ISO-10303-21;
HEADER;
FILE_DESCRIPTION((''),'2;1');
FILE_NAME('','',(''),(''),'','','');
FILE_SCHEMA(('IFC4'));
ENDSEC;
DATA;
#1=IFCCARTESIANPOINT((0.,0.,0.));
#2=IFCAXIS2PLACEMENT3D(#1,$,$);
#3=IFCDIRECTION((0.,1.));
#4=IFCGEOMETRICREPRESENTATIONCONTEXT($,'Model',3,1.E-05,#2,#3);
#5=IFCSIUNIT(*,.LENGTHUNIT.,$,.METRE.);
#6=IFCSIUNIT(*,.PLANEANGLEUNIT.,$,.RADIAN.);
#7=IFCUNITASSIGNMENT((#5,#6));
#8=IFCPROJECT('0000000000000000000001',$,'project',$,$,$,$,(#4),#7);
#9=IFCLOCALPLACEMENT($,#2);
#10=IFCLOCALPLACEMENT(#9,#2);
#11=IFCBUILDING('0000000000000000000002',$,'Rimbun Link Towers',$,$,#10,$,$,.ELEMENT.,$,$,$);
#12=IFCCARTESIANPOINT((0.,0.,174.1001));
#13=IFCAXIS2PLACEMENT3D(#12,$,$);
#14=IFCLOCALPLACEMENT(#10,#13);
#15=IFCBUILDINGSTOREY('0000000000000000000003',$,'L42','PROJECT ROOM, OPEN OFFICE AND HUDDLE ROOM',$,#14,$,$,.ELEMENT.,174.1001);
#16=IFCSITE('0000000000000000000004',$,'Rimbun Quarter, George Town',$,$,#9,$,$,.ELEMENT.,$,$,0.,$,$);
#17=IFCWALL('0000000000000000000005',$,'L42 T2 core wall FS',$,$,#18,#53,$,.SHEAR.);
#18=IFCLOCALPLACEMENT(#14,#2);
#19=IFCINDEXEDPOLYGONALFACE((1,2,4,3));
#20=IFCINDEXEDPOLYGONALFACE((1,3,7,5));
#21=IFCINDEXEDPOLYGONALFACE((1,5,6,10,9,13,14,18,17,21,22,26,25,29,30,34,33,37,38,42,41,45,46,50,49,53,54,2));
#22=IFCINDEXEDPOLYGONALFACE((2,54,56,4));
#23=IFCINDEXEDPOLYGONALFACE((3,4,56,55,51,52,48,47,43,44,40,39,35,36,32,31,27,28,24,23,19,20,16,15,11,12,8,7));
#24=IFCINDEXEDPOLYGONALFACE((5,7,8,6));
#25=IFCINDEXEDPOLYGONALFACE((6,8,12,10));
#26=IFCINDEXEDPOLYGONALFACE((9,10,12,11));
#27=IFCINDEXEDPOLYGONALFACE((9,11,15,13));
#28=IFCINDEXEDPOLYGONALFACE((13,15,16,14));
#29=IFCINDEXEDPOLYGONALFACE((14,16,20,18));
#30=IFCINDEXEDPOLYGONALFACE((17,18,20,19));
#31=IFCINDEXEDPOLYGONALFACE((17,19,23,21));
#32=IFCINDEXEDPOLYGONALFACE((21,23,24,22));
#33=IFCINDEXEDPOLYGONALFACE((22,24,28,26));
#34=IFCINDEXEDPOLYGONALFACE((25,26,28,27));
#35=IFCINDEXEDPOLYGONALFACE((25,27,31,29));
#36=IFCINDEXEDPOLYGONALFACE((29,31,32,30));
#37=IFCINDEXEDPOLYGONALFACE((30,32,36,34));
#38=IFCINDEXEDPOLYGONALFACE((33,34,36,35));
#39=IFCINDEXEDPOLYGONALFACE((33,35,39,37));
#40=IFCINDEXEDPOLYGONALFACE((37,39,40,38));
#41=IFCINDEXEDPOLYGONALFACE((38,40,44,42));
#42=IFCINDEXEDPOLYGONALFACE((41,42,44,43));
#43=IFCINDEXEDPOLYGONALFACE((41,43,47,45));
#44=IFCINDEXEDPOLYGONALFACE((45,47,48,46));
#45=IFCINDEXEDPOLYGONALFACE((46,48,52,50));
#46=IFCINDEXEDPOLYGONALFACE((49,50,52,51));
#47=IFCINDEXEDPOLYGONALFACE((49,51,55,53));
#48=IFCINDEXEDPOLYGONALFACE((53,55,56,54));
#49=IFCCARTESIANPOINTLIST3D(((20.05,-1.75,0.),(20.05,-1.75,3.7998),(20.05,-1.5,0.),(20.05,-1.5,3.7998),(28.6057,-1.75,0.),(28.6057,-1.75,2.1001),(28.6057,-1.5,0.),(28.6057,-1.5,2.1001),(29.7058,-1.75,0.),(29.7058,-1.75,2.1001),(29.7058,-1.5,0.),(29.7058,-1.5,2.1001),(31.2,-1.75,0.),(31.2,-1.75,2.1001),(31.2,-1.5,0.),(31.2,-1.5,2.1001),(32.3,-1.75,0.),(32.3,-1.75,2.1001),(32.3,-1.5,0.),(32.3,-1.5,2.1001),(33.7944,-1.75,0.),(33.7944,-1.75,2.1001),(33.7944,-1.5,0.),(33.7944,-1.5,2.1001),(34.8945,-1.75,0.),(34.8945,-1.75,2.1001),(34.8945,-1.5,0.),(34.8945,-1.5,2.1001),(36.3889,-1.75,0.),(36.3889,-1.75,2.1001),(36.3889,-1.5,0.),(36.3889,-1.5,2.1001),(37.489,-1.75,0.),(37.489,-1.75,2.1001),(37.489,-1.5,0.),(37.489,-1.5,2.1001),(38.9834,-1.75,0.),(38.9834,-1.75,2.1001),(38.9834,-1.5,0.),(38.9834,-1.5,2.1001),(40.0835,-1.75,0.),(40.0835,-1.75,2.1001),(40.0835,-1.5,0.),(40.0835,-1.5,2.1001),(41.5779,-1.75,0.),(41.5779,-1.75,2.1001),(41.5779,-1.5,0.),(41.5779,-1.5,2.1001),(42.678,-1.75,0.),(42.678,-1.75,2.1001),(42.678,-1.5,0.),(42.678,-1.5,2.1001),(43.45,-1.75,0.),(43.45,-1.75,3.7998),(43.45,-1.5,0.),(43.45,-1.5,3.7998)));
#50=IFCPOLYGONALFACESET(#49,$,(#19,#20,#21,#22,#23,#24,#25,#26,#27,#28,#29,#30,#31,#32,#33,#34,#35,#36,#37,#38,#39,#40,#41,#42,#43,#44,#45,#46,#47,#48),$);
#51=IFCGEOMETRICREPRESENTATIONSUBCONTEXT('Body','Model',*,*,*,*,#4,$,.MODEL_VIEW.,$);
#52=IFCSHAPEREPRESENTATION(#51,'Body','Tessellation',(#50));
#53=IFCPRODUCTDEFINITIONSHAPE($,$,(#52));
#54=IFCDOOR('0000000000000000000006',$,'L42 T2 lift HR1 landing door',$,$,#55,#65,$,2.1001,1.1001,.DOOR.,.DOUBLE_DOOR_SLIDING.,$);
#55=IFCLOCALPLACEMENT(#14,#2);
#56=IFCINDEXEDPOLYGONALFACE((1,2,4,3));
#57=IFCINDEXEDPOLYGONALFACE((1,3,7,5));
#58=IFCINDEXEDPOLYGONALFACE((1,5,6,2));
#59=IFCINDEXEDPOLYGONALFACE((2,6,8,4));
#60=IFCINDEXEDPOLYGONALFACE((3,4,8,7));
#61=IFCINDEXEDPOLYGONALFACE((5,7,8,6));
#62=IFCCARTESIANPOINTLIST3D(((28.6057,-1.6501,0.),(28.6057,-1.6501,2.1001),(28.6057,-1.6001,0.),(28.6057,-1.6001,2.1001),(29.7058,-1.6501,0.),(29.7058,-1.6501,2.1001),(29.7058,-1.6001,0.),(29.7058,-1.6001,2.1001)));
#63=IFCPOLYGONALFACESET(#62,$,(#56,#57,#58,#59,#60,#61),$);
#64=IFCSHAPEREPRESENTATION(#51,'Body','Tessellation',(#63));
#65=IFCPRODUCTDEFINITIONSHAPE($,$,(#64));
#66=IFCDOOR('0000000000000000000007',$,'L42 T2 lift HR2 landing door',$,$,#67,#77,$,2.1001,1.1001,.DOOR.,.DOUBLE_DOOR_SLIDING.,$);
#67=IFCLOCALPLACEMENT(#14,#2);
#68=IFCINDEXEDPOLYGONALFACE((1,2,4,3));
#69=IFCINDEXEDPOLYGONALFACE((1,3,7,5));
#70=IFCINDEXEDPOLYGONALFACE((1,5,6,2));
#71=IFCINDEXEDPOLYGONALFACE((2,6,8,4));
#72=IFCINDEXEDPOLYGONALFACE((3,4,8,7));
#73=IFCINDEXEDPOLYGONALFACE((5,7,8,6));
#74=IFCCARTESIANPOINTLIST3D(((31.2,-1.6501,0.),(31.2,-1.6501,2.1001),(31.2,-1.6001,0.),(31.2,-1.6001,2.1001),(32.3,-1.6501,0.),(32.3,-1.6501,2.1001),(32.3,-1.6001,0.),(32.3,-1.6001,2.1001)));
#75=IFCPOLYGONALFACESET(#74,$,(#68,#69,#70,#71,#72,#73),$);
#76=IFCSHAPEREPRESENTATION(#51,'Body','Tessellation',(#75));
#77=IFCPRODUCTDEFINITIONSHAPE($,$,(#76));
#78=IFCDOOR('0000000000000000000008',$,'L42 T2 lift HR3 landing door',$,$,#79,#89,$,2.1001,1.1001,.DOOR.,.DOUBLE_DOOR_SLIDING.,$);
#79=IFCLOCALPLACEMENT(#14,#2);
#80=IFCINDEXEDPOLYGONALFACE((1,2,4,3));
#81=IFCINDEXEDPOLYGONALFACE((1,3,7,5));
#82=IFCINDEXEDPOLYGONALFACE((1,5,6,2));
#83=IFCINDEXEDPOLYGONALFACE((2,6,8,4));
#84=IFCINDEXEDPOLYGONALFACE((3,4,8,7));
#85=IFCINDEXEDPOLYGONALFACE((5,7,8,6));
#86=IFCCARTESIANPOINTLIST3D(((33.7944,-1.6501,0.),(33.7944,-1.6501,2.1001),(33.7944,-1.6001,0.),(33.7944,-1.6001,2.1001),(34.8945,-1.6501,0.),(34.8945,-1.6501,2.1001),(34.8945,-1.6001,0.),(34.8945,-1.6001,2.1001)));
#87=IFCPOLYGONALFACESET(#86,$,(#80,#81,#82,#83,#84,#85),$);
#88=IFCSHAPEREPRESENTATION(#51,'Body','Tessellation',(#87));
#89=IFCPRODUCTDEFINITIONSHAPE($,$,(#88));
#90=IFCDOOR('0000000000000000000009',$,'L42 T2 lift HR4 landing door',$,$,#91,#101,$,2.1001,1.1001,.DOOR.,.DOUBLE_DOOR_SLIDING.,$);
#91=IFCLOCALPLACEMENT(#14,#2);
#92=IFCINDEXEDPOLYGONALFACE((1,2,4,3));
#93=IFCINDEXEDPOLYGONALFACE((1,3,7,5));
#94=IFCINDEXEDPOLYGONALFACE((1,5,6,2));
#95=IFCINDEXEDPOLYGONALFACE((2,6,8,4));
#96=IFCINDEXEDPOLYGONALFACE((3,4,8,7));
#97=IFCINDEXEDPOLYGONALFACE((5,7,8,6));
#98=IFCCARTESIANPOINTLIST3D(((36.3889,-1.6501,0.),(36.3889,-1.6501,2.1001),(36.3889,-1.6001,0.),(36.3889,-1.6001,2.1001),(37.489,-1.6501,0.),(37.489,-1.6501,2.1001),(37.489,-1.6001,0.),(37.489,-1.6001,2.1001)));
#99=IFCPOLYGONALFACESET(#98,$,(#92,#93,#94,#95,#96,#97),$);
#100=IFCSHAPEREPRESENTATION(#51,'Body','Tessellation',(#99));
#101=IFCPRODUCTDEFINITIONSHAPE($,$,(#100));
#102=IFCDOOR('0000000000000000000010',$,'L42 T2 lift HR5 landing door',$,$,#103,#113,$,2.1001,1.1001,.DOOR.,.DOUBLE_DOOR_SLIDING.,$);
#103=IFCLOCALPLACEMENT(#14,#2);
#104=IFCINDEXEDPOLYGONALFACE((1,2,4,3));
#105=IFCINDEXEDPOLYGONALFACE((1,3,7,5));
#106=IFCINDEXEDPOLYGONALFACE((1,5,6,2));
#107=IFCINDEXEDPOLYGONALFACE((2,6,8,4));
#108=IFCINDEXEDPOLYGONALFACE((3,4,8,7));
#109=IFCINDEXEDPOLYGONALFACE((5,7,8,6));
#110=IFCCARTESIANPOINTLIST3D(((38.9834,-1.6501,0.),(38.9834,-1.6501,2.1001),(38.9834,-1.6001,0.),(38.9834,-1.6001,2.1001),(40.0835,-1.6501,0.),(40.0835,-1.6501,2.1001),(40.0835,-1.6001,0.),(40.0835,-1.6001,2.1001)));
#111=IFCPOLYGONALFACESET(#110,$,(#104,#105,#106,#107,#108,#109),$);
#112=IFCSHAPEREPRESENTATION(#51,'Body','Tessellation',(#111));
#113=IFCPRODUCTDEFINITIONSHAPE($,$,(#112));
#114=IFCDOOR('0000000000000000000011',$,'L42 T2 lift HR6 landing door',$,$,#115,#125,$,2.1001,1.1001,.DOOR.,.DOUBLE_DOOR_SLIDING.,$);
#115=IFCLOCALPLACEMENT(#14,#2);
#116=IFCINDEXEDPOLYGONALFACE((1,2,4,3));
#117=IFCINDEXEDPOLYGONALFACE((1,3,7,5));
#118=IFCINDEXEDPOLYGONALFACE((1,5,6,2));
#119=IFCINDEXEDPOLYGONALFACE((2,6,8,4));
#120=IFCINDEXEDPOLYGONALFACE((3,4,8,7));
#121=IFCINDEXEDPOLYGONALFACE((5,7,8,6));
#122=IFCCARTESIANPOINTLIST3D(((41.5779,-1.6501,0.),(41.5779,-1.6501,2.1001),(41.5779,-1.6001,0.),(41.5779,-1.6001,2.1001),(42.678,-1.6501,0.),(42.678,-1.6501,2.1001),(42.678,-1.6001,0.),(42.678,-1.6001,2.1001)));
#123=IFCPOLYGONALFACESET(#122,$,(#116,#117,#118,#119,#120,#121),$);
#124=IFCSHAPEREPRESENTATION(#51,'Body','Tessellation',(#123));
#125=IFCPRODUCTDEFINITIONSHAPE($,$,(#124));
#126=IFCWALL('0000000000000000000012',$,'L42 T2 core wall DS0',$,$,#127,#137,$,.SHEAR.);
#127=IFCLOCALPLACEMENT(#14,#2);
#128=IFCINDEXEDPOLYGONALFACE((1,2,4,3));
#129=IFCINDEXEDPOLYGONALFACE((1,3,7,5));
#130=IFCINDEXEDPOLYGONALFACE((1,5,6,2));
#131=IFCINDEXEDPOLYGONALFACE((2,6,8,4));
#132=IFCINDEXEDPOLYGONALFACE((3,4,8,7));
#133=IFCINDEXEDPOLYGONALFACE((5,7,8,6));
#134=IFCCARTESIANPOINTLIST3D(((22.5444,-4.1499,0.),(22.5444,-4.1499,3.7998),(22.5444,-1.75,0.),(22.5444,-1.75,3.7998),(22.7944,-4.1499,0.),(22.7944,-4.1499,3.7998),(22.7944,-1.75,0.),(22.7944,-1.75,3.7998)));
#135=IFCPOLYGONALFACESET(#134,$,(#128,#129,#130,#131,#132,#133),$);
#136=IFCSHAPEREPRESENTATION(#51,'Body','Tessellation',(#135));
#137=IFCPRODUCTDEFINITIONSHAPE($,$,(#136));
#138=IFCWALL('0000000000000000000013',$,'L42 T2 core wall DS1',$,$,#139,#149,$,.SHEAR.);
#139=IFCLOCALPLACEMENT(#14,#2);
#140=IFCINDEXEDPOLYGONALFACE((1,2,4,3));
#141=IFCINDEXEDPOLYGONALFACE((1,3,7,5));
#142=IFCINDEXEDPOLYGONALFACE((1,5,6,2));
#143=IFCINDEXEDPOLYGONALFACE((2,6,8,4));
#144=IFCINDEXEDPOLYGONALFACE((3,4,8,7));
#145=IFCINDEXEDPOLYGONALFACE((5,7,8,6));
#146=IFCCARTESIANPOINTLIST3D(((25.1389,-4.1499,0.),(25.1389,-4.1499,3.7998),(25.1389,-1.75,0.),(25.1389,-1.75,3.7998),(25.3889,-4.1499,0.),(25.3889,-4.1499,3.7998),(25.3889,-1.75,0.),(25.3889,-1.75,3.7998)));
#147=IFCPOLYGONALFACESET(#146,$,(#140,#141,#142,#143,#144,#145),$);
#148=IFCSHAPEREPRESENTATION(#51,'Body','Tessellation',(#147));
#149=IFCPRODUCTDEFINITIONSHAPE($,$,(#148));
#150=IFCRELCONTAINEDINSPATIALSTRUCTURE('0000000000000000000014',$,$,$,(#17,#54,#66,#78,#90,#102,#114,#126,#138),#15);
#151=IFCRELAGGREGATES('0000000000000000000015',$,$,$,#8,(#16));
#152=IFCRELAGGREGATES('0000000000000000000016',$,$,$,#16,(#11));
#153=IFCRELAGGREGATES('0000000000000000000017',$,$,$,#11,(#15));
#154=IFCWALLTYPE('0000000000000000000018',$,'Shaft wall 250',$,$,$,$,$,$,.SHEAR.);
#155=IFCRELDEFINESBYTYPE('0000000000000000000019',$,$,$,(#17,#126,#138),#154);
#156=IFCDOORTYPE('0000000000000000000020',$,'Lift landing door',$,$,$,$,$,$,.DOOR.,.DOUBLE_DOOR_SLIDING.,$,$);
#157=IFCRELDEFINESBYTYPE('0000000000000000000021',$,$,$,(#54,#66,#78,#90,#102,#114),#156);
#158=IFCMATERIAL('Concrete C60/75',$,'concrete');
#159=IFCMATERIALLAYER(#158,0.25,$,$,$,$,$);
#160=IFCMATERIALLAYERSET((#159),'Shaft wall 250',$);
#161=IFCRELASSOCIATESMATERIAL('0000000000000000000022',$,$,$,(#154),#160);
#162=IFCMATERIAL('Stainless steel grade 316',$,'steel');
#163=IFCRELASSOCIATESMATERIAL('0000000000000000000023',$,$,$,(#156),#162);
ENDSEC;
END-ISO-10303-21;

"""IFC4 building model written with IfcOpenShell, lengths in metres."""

from ifc_helpers import new_model, si_unit, direction, frame, frame_2d, origin, place, context, subcontext, project, spatial, rectangle, extrude, material, layer, layer_set, type_object, element, fill, save


model = new_model("IFC4")

# Units and contexts
model_context = context("Model", 3, precision=1e-05, world=origin(), true_north=direction((0.0, 1.0)))
body_context = subcontext(model_context, "Body", "Model", "MODEL_VIEW")
ifc_project = project(units=[si_unit("LENGTHUNIT", "METRE"), si_unit("PLANEANGLEUNIT", "RADIAN")], contexts=[model_context])

# Site, building, storey
site_placement = place(None, origin())
site = spatial("IfcSite", under=ifc_project, at=site_placement, Name="Rimbun Quarter, George Town", CompositionType="ELEMENT", RefElevation=0.0)
building_placement = place(site_placement, origin())
building = spatial("IfcBuilding", under=site, at=building_placement, Name="Rimbun Link Towers", CompositionType="ELEMENT")
storey_placement = place(building_placement, frame((0.0, 0.0, 174.1001)))
storey = spatial("IfcBuildingStorey", under=building, at=storey_placement, Name="L42", Description="PROJECT ROOM, OPEN OFFICE AND HUDDLE ROOM", CompositionType="ELEMENT", Elevation=174.1001)

# Shared definitions
ifc_material_1 = material(Name="Concrete C60/75", Category="concrete")
ifc_layer_1 = layer(ifc_material_1, 0.25)
ifc_layer_set_1 = layer_set([ifc_layer_1], Name="Shaft wall 250")
wall_type_1 = type_object("IfcWallType", Name="Shaft wall 250", PredefinedType="SHEAR", material=ifc_layer_set_1)

# Wall, openings, doors
wall_1_placement = place(storey_placement, frame((20.05, -1.625, 0.0), z_axis=(0.0, 0.0, 1.0), x_axis=(1.0, 0.0, 0.0)))
wall_1 = element("IfcWall", 1, at=wall_1_placement, inside=storey, type_object=wall_type_1, Name="L42 T2 core wall FS", PredefinedType="SHEAR", context=body_context, shape_type="SweptSolid", body=[
    extrude(rectangle(XDim=23.3999, YDim=0.25, at=frame_2d((11.7, 0.0))), origin(), (0.0, 0.0, 1.0), 3.7998),
])
opening_1_placement = place(wall_1_placement, frame((8.5557, 0.0, 0.0)))
opening_1 = element("IfcOpeningElement", 2, at=opening_1_placement, cuts=wall_1, PredefinedType="OPENING", context=body_context, shape_type="SweptSolid", body=[
    extrude(rectangle(XDim=1.1001, YDim=2.1001, at=frame_2d((0.55, 1.05))), frame((0.0, 0.135, 0.0), z_axis=(0.0, -1.0, 0.0), x_axis=(1.0, 0.0, 0.0)), (0.0, 0.0, 1.0), 0.27),
])
opening_2_placement = place(wall_1_placement, frame((11.1499, 0.0, 0.0)))
opening_2 = element("IfcOpeningElement", 3, at=opening_2_placement, cuts=wall_1, PredefinedType="OPENING", context=body_context, shape_type="SweptSolid", body=[
    extrude(rectangle(XDim=1.1001, YDim=2.1001, at=frame_2d((0.55, 1.05))), frame((0.0, 0.135, 0.0), z_axis=(0.0, -1.0, 0.0), x_axis=(1.0, 0.0, 0.0)), (0.0, 0.0, 1.0), 0.27),
])
opening_3_placement = place(wall_1_placement, frame((13.7444, 0.0, 0.0)))
opening_3 = element("IfcOpeningElement", 4, at=opening_3_placement, cuts=wall_1, PredefinedType="OPENING", context=body_context, shape_type="SweptSolid", body=[
    extrude(rectangle(XDim=1.1001, YDim=2.1001, at=frame_2d((0.55, 1.05))), frame((0.0, 0.135, 0.0), z_axis=(0.0, -1.0, 0.0), x_axis=(1.0, 0.0, 0.0)), (0.0, 0.0, 1.0), 0.27),
])
opening_4_placement = place(wall_1_placement, frame((16.3389, 0.0, 0.0)))
opening_4 = element("IfcOpeningElement", 5, at=opening_4_placement, cuts=wall_1, PredefinedType="OPENING", context=body_context, shape_type="SweptSolid", body=[
    extrude(rectangle(XDim=1.1001, YDim=2.1001, at=frame_2d((0.55, 1.05))), frame((0.0, 0.135, 0.0), z_axis=(0.0, -1.0, 0.0), x_axis=(1.0, 0.0, 0.0)), (0.0, 0.0, 1.0), 0.27),
])
opening_5_placement = place(wall_1_placement, frame((18.9333, 0.0, 0.0)))
opening_5 = element("IfcOpeningElement", 6, at=opening_5_placement, cuts=wall_1, PredefinedType="OPENING", context=body_context, shape_type="SweptSolid", body=[
    extrude(rectangle(XDim=1.1001, YDim=2.1001, at=frame_2d((0.55, 1.05))), frame((0.0, 0.135, 0.0), z_axis=(0.0, -1.0, 0.0), x_axis=(1.0, 0.0, 0.0)), (0.0, 0.0, 1.0), 0.27),
])
opening_6_placement = place(wall_1_placement, frame((21.5278, 0.0, 0.0)))
opening_6 = element("IfcOpeningElement", 7, at=opening_6_placement, cuts=wall_1, PredefinedType="OPENING", context=body_context, shape_type="SweptSolid", body=[
    extrude(rectangle(XDim=1.1001, YDim=2.1001, at=frame_2d((0.55, 1.05))), frame((0.0, 0.135, 0.0), z_axis=(0.0, -1.0, 0.0), x_axis=(1.0, 0.0, 0.0)), (0.0, 0.0, 1.0), 0.27),
])
ifc_material_2 = material(Name="Stainless steel grade 316", Category="steel")
door_type_1 = type_object("IfcDoorType", Name="Lift landing door", OperationType="DOUBLE_DOOR_SLIDING", PredefinedType="DOOR", material=ifc_material_2)
door_1_placement = place(opening_1_placement, origin())
door_1 = element("IfcDoor", 8, at=door_1_placement, inside=storey, type_object=door_type_1, Name="L42 T2 lift HR1 landing door", OperationType="DOUBLE_DOOR_SLIDING", OverallHeight=2.1001, OverallWidth=1.1001, PredefinedType="DOOR", context=body_context, shape_type="SweptSolid", body=[
    extrude(rectangle(XDim=1.1001, YDim=2.1001, at=frame_2d((0.55, 1.05))), frame((0.0, 0.0249, 0.0), z_axis=(0.0, -1.0, 0.0), x_axis=(1.0, 0.0, 0.0)), (0.0, 0.0, 1.0), 0.05),
])
fill(opening_1, door_1)
door_2_placement = place(opening_2_placement, origin())
door_2 = element("IfcDoor", 9, at=door_2_placement, inside=storey, type_object=door_type_1, Name="L42 T2 lift HR2 landing door", OperationType="DOUBLE_DOOR_SLIDING", OverallHeight=2.1001, OverallWidth=1.1001, PredefinedType="DOOR", context=body_context, shape_type="SweptSolid", body=[
    extrude(rectangle(XDim=1.1001, YDim=2.1001, at=frame_2d((0.55, 1.05))), frame((0.0, 0.0249, 0.0), z_axis=(0.0, -1.0, 0.0), x_axis=(1.0, 0.0, 0.0)), (0.0, 0.0, 1.0), 0.05),
])
fill(opening_2, door_2)
door_3_placement = place(opening_3_placement, origin())
door_3 = element("IfcDoor", 10, at=door_3_placement, inside=storey, type_object=door_type_1, Name="L42 T2 lift HR3 landing door", OperationType="DOUBLE_DOOR_SLIDING", OverallHeight=2.1001, OverallWidth=1.1001, PredefinedType="DOOR", context=body_context, shape_type="SweptSolid", body=[
    extrude(rectangle(XDim=1.1001, YDim=2.1001, at=frame_2d((0.55, 1.05))), frame((0.0, 0.0249, 0.0), z_axis=(0.0, -1.0, 0.0), x_axis=(1.0, 0.0, 0.0)), (0.0, 0.0, 1.0), 0.05),
])
fill(opening_3, door_3)
door_4_placement = place(opening_4_placement, origin())
door_4 = element("IfcDoor", 11, at=door_4_placement, inside=storey, type_object=door_type_1, Name="L42 T2 lift HR4 landing door", OperationType="DOUBLE_DOOR_SLIDING", OverallHeight=2.1001, OverallWidth=1.1001, PredefinedType="DOOR", context=body_context, shape_type="SweptSolid", body=[
    extrude(rectangle(XDim=1.1001, YDim=2.1001, at=frame_2d((0.55, 1.05))), frame((0.0, 0.0249, 0.0), z_axis=(0.0, -1.0, 0.0), x_axis=(1.0, 0.0, 0.0)), (0.0, 0.0, 1.0), 0.05),
])
fill(opening_4, door_4)
door_5_placement = place(opening_5_placement, origin())
door_5 = element("IfcDoor", 12, at=door_5_placement, inside=storey, type_object=door_type_1, Name="L42 T2 lift HR5 landing door", OperationType="DOUBLE_DOOR_SLIDING", OverallHeight=2.1001, OverallWidth=1.1001, PredefinedType="DOOR", context=body_context, shape_type="SweptSolid", body=[
    extrude(rectangle(XDim=1.1001, YDim=2.1001, at=frame_2d((0.55, 1.05))), frame((0.0, 0.0249, 0.0), z_axis=(0.0, -1.0, 0.0), x_axis=(1.0, 0.0, 0.0)), (0.0, 0.0, 1.0), 0.05),
])
fill(opening_5, door_5)
door_6_placement = place(opening_6_placement, origin())
door_6 = element("IfcDoor", 13, at=door_6_placement, inside=storey, type_object=door_type_1, Name="L42 T2 lift HR6 landing door", OperationType="DOUBLE_DOOR_SLIDING", OverallHeight=2.1001, OverallWidth=1.1001, PredefinedType="DOOR", context=body_context, shape_type="SweptSolid", body=[
    extrude(rectangle(XDim=1.1001, YDim=2.1001, at=frame_2d((0.55, 1.05))), frame((0.0, 0.0249, 0.0), z_axis=(0.0, -1.0, 0.0), x_axis=(1.0, 0.0, 0.0)), (0.0, 0.0, 1.0), 0.05),
])
fill(opening_6, door_6)

# Walls
for number, where, z_axis, x_axis, name in (
    (14, (22.6694, -4.1499, 0.0), (0.0, 0.0, 1.0), (0.0, 1.0, 0.0), "L42 T2 core wall DS0"),
    (15, (25.2639, -4.1499, 0.0), (0.0, 0.0, 1.0), (0.0, 1.0, 0.0), "L42 T2 core wall DS1"),
):
    element("IfcWall", number, at=place(storey_placement, frame(where, z_axis=z_axis, x_axis=x_axis)), inside=storey, type_object=wall_type_1, Name=name, PredefinedType="SHEAR", context=body_context, shape_type="SweptSolid", body=[
        extrude(rectangle(XDim=2.3999, YDim=0.25, at=frame_2d((1.2, 0.0))), origin(), (0.0, 0.0, 1.0), 3.7998),
    ])

save(model, "model.ifc")
